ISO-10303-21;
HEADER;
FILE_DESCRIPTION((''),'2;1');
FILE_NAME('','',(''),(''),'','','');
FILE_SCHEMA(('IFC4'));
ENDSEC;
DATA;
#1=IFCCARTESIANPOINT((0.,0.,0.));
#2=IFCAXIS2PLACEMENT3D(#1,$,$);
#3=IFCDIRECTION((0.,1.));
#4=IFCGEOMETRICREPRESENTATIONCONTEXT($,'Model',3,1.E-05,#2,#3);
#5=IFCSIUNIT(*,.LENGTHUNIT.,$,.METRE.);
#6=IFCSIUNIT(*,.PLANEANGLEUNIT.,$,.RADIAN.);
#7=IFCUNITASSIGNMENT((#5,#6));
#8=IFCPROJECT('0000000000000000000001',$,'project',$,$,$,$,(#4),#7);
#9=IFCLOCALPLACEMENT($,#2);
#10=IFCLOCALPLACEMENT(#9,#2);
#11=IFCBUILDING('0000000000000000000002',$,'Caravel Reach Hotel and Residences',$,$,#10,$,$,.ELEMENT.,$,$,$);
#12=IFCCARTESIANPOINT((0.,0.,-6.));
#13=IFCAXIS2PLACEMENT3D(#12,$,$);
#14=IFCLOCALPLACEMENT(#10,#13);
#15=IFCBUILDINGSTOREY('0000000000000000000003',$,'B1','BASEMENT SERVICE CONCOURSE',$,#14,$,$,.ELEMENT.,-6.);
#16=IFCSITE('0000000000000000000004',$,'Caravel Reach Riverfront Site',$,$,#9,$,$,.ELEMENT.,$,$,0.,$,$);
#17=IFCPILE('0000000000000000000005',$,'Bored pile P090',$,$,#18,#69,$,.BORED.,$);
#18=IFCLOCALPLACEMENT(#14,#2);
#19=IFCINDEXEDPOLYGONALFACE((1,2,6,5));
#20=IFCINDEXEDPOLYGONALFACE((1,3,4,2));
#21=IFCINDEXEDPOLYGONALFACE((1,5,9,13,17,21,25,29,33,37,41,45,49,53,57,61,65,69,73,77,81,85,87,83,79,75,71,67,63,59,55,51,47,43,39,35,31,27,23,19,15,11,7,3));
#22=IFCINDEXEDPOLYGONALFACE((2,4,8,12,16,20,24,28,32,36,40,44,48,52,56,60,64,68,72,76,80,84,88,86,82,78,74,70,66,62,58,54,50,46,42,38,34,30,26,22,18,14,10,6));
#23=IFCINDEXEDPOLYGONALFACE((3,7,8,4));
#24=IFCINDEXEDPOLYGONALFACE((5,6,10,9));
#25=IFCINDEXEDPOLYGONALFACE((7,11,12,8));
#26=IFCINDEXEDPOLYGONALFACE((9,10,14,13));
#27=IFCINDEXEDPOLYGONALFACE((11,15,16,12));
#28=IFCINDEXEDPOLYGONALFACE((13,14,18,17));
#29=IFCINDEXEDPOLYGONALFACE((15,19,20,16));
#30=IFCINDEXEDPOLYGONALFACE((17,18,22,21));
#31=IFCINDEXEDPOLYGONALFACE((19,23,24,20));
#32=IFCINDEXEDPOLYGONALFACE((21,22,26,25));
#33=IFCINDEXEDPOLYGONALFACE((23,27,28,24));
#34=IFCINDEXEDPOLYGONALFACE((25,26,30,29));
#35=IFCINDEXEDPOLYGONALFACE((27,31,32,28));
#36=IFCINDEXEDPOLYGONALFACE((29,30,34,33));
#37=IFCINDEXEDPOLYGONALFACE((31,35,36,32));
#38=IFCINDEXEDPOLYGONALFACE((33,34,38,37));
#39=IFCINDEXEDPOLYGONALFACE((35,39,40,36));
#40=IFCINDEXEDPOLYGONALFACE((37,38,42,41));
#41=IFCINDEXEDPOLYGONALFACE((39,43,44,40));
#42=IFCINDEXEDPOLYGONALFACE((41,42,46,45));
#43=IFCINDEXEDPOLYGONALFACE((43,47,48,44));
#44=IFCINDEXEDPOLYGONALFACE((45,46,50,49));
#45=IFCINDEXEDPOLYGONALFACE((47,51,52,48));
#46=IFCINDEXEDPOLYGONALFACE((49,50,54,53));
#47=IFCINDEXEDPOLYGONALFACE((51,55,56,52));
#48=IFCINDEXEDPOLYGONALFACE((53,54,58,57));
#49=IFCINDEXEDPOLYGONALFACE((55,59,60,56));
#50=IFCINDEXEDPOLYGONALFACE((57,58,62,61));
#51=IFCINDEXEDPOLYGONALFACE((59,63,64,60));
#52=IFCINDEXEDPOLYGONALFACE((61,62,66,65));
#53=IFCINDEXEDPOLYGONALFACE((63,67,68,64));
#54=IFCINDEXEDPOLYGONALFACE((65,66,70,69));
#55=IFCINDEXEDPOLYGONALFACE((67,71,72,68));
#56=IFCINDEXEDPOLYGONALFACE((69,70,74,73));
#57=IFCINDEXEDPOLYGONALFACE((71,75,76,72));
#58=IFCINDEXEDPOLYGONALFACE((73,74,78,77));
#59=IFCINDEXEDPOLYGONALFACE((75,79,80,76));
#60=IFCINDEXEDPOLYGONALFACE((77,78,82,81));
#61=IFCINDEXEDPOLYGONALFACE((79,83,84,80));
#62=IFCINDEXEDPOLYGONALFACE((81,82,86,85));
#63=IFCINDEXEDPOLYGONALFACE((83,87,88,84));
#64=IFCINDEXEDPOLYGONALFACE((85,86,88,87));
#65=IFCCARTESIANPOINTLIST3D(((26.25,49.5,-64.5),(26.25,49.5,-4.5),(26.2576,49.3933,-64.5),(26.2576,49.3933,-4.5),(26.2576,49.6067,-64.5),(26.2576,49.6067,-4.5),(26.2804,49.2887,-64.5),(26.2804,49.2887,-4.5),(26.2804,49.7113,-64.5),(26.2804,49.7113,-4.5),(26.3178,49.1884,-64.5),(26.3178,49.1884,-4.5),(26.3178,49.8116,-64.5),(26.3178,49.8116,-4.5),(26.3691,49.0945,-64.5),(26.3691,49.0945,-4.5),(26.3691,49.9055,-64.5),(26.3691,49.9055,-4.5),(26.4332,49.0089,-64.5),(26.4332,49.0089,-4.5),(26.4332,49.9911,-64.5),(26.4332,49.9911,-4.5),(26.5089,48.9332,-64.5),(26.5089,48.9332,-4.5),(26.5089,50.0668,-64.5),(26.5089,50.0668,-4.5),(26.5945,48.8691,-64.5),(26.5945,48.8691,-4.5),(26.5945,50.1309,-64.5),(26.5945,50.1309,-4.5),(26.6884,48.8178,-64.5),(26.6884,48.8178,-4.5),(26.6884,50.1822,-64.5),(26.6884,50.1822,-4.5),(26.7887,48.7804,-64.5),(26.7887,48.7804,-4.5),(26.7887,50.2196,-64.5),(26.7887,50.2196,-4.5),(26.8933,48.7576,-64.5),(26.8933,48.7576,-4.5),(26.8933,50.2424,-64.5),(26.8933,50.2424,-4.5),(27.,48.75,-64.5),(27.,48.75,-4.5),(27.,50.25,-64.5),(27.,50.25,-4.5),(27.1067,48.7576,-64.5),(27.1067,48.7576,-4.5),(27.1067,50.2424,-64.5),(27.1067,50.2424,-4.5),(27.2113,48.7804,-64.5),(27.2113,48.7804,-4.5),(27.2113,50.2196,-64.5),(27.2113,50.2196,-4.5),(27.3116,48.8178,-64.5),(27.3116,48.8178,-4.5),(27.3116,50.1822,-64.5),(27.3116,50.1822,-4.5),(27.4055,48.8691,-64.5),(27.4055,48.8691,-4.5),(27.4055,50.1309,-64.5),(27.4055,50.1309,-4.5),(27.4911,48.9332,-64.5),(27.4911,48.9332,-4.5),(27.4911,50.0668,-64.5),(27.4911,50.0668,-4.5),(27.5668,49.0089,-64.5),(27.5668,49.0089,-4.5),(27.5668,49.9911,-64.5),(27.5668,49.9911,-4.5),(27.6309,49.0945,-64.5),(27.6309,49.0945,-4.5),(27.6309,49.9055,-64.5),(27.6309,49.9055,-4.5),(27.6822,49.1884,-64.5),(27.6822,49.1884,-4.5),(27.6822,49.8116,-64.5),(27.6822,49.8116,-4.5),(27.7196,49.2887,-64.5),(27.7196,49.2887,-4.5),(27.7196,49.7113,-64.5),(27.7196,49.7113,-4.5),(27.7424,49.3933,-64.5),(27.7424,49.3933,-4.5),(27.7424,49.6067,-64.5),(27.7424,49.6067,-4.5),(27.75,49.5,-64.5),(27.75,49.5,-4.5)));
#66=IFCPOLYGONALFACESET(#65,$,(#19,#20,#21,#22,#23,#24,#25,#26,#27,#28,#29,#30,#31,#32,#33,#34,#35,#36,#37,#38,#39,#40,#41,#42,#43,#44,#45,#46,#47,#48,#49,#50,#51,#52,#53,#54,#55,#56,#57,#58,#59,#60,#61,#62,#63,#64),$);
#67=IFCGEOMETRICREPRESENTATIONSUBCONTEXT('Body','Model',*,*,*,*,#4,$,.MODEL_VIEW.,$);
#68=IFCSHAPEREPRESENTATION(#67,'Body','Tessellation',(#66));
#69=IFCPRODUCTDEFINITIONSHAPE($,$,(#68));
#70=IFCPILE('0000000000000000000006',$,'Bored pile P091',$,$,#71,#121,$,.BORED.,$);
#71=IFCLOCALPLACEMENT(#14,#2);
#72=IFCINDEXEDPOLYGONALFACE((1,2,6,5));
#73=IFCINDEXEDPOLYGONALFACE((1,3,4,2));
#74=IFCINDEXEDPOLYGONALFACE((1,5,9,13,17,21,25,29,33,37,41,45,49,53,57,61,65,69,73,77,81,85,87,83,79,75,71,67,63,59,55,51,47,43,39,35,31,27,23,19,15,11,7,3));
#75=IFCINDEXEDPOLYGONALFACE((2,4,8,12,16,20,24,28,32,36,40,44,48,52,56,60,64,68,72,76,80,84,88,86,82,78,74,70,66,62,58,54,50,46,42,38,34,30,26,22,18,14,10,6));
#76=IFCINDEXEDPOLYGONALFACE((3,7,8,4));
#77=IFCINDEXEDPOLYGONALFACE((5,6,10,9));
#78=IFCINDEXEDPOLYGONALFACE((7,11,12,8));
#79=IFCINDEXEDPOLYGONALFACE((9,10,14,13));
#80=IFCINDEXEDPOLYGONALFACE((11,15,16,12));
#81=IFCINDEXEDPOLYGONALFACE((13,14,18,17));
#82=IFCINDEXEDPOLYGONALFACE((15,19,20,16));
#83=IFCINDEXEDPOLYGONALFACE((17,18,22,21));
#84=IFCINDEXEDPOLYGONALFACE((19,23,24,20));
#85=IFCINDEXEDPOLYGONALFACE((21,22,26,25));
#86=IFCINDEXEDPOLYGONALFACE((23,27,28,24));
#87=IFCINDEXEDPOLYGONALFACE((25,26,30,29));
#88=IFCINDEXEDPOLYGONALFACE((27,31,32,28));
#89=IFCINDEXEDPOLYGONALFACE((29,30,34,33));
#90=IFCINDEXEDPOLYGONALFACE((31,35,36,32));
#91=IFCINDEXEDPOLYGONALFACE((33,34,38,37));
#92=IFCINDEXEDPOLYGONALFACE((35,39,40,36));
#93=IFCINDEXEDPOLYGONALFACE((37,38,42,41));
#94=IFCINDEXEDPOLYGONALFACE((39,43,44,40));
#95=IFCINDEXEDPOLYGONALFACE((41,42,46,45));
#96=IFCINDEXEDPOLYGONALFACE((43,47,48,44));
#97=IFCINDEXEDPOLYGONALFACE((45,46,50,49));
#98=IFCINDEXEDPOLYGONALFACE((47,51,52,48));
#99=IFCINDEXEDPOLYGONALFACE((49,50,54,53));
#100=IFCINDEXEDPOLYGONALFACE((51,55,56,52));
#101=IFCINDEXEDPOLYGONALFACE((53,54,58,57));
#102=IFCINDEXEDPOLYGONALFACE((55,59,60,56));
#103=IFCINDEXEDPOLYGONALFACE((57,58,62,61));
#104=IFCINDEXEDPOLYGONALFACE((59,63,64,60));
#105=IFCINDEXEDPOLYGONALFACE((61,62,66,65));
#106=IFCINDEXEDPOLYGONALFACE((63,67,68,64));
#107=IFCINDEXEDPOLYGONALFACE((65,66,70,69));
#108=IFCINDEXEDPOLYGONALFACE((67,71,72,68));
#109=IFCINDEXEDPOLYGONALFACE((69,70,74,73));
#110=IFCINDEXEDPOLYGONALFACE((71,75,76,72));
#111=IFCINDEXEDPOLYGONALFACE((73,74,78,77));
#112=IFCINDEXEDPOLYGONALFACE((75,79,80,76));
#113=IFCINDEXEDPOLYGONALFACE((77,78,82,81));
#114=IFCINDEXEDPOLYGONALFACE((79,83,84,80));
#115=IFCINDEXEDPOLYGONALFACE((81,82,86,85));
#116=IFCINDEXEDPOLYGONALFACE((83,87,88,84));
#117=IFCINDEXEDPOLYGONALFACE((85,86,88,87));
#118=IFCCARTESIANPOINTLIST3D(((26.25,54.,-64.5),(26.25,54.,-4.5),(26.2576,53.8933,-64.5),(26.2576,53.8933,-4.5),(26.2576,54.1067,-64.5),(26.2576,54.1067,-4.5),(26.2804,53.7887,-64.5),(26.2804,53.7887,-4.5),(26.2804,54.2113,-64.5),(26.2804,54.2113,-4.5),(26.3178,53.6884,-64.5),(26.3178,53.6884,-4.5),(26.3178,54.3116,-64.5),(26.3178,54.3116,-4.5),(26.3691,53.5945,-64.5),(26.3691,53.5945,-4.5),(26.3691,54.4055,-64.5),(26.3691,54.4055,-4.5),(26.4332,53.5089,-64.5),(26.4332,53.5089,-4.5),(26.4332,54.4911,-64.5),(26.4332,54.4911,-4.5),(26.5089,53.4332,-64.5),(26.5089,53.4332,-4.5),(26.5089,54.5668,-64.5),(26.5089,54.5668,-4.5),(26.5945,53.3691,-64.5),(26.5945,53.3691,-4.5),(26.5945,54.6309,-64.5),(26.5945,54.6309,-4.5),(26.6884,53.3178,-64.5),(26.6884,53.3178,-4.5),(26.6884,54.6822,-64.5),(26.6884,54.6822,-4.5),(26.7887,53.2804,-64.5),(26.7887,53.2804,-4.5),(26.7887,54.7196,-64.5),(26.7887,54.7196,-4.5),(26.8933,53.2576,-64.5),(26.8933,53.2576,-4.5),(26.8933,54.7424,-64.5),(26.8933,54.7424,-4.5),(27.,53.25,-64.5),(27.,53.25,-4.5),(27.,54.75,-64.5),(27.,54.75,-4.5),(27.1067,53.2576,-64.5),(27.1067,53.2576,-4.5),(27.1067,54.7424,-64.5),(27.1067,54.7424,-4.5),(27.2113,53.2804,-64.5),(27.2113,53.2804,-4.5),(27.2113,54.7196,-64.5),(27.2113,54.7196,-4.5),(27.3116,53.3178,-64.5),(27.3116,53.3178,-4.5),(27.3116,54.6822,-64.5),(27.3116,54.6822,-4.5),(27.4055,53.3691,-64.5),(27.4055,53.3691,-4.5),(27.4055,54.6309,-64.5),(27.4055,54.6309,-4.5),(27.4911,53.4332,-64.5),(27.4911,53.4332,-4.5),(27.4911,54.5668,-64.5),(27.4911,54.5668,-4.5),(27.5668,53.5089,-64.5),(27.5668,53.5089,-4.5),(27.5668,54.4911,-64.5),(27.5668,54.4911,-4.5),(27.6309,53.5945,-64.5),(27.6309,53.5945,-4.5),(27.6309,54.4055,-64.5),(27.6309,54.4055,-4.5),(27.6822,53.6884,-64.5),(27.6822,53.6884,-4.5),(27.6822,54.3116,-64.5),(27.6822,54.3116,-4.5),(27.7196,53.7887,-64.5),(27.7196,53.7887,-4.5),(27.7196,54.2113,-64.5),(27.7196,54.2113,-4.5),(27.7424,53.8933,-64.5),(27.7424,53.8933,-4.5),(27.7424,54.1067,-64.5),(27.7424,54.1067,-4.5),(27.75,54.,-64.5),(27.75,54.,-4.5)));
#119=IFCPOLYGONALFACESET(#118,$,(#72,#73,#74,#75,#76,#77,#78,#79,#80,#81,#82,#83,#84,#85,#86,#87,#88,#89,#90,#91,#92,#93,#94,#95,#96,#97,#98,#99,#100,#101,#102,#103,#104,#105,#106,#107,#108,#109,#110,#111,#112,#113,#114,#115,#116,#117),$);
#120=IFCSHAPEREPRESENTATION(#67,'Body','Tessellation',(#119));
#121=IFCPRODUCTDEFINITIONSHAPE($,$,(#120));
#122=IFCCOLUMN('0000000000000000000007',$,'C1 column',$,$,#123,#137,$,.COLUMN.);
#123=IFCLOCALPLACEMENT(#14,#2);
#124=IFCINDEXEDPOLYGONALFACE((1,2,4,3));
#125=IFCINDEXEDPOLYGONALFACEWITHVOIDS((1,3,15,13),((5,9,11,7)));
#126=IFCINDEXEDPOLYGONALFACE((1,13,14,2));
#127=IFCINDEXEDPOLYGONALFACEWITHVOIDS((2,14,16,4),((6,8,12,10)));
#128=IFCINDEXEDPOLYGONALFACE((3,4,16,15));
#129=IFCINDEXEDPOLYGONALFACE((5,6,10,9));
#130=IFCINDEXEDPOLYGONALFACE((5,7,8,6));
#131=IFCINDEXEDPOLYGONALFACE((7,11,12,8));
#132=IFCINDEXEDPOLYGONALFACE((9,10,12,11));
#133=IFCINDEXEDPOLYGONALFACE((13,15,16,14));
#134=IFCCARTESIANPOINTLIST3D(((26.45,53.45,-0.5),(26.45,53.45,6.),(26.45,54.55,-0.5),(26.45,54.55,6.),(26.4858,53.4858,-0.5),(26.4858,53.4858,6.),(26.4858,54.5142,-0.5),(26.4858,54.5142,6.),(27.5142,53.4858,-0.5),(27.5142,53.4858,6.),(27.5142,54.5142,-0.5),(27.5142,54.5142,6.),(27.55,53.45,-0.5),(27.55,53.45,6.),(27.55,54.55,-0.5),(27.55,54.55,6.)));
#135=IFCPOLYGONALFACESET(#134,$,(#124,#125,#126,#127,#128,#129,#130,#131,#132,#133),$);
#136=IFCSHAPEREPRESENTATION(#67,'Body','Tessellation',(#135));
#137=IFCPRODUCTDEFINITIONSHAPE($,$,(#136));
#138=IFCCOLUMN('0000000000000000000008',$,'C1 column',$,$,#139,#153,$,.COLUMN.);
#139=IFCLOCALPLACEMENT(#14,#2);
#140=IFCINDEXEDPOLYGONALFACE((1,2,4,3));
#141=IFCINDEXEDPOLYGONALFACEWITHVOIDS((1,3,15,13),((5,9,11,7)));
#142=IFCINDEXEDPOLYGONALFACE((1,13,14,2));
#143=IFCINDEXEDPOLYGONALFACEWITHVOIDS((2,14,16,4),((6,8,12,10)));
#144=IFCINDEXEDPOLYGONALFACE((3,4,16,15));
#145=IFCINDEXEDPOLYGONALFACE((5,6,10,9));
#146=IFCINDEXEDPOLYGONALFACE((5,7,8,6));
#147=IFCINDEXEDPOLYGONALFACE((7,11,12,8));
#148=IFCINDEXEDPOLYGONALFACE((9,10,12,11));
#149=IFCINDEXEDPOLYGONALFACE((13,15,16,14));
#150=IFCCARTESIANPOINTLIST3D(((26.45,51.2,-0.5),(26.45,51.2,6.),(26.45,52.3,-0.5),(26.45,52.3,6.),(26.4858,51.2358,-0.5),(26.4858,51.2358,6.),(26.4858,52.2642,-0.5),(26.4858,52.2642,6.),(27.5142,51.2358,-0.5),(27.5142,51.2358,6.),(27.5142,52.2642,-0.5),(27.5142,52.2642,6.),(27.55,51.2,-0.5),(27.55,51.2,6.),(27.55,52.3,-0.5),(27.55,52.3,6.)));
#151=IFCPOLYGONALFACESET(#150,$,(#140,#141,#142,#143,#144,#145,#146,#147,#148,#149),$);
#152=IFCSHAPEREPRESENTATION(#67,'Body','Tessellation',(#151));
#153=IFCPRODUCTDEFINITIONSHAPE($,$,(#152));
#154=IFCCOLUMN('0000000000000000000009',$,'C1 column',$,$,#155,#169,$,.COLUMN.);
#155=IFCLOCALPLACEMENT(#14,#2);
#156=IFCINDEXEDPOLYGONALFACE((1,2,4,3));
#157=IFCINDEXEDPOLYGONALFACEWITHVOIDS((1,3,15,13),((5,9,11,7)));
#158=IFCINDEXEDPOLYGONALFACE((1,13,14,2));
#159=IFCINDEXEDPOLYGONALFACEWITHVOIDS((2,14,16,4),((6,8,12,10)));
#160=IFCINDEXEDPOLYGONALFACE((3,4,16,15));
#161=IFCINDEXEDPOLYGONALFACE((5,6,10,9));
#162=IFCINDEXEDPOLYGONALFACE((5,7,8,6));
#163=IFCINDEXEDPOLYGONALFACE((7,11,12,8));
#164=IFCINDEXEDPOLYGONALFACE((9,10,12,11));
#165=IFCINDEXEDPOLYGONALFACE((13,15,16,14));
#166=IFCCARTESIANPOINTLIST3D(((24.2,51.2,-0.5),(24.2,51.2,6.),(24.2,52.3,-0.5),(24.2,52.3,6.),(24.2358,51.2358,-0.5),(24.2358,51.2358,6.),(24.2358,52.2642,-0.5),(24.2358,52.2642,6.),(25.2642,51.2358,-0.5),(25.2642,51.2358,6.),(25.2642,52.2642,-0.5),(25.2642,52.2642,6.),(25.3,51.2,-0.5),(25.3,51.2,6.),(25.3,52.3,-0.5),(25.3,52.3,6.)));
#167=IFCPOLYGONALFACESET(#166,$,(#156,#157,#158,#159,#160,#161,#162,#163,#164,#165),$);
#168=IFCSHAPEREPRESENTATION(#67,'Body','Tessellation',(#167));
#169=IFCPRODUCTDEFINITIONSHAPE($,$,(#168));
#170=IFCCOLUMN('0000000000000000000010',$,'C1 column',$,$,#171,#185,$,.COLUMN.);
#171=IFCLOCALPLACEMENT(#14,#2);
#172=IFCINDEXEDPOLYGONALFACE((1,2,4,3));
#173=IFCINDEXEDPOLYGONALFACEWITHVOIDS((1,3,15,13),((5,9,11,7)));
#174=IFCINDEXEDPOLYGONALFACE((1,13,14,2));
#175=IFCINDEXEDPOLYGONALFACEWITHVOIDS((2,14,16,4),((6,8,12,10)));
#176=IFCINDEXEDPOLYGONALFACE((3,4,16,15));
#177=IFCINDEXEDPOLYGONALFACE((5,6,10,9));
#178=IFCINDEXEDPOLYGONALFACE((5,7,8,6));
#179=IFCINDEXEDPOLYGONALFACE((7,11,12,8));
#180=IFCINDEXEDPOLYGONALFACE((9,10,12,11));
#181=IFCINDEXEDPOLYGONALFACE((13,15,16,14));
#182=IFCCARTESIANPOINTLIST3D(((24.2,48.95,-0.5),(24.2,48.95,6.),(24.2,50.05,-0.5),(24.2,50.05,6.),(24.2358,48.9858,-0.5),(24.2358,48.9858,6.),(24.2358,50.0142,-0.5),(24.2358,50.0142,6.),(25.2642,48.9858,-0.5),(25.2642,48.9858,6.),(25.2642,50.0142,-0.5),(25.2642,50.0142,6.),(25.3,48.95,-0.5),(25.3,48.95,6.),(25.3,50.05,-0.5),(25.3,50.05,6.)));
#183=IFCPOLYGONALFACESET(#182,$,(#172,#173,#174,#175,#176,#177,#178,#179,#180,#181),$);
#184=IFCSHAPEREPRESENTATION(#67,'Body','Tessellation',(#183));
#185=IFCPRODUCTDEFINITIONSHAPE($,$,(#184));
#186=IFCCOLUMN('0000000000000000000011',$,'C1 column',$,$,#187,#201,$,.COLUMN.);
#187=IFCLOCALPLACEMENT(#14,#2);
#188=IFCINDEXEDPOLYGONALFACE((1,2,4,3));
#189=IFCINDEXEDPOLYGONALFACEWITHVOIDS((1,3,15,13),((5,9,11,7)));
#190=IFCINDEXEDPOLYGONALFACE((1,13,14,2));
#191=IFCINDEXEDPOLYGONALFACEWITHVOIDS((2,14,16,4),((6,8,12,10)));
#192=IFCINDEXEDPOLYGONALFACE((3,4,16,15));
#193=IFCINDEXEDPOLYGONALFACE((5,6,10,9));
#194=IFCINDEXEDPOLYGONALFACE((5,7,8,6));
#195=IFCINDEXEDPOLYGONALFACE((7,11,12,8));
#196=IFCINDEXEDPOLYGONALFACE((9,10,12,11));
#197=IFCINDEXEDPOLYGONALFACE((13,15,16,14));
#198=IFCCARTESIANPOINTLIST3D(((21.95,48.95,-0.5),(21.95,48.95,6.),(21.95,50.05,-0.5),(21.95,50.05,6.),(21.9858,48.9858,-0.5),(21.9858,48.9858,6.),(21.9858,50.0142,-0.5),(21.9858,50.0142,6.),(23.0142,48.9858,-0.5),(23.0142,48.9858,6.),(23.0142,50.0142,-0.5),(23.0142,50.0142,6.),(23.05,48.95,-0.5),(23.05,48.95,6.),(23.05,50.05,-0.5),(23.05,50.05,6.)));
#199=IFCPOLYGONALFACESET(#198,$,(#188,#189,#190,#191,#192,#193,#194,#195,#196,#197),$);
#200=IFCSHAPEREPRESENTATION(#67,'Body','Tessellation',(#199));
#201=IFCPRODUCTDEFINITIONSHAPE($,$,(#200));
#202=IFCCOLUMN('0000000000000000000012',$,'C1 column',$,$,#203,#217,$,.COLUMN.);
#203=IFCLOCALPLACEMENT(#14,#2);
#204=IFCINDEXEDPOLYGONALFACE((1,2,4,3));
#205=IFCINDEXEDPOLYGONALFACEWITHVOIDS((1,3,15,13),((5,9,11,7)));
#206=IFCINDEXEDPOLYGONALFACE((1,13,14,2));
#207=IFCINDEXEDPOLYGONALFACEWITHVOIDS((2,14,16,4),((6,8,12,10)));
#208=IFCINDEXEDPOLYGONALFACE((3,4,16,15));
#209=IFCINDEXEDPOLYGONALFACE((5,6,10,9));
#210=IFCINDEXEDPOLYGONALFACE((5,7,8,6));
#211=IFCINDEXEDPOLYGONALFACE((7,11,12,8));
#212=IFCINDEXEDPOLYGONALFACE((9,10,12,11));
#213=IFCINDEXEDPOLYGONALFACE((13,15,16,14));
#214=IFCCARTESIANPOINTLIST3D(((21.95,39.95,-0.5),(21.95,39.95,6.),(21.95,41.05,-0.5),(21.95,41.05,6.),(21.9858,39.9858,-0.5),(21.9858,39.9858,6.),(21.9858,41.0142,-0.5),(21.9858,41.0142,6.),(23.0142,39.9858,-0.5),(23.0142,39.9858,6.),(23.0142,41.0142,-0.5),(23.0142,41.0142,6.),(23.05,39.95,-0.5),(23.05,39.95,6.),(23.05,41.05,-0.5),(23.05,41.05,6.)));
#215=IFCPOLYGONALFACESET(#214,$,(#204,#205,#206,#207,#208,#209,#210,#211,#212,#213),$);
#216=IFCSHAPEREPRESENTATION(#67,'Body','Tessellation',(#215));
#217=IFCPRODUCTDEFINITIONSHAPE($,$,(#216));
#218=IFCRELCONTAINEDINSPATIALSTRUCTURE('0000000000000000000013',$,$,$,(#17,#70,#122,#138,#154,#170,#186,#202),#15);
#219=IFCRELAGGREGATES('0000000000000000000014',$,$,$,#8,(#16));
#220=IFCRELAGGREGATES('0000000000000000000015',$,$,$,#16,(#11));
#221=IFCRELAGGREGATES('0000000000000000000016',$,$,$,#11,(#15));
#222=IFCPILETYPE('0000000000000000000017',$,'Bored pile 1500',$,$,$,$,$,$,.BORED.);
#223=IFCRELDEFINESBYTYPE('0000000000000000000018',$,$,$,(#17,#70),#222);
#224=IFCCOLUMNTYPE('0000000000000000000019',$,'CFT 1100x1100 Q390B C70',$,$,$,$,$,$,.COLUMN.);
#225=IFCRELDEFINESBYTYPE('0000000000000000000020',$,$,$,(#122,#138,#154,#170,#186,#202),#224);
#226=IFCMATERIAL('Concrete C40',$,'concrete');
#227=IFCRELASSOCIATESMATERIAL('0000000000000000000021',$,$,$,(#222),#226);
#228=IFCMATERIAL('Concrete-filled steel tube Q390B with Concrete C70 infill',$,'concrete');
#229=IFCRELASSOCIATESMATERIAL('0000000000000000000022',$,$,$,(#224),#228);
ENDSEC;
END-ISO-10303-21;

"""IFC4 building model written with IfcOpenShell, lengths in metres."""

from ifc_helpers import new_model, si_unit, direction, frame, origin, origin_2d, place, context, subcontext, project, spatial, hollow_rectangle, circle, extrude, material, material_profile, profile_set, type_object, element, save


model = new_model("IFC4")

# Units and contexts
model_context = context("Model", 3, precision=1e-05, world=origin(), true_north=direction((0.0, 1.0)))
body_context = subcontext(model_context, "Body", "Model", "MODEL_VIEW")
ifc_project = project(units=[si_unit("LENGTHUNIT", "METRE"), si_unit("PLANEANGLEUNIT", "RADIAN")], contexts=[model_context])

# Site, building, storey
site_placement = place(None, origin())
site = spatial("IfcSite", under=ifc_project, at=site_placement, Name="Caravel Reach Riverfront Site", CompositionType="ELEMENT", RefElevation=0.0)
building_placement = place(site_placement, origin())
building = spatial("IfcBuilding", under=site, at=building_placement, Name="Caravel Reach Hotel and Residences", CompositionType="ELEMENT")
storey_placement = place(building_placement, frame((0.0, 0.0, -6.0)))
storey = spatial("IfcBuildingStorey", under=building, at=storey_placement, Name="B1", Description="BASEMENT SERVICE CONCOURSE", CompositionType="ELEMENT", Elevation=-6.0)

# Piles
ifc_material_1 = material(Name="Concrete C40", Category="concrete")
ifc_material_profile_1 = material_profile(ifc_material_1, circle(Radius=0.75, at=origin_2d()), Name="PILE 1500")
ifc_profile_set_1 = profile_set([ifc_material_profile_1], Name="Concrete C40")
pile_type = type_object("IfcPileType", Name="Bored pile 1500", PredefinedType="BORED", material=ifc_profile_set_1)
for number, where, z_axis, x_axis, name in (
    (1, (27.0, 49.5, -4.5), (0.0, 0.0, -1.0), (1.0, 0.0, 0.0), "Bored pile P090"),
    (2, (27.0, 54.0, -4.5), (0.0, 0.0, -1.0), (1.0, 0.0, 0.0), "Bored pile P091"),
):
    element("IfcPile", number, at=place(storey_placement, frame(where, z_axis=z_axis, x_axis=x_axis)), inside=storey, type_object=pile_type, Name=name, PredefinedType="BORED", context=body_context, shape_type="SweptSolid", body=[
        extrude(circle(Radius=0.75, at=origin_2d()), origin(), (0.0, 0.0, 1.0), 60.0),
    ])

# Columns
ifc_material_2 = material(Name="Concrete-filled steel tube Q390B with Concrete C70 infill", Category="concrete")
ifc_material_profile_2 = material_profile(ifc_material_2, hollow_rectangle(XDim=1.1001, YDim=1.1001, WallThickness=0.0359, at=origin_2d()), Name="RHS 1100x1100x36")
ifc_profile_set_2 = profile_set([ifc_material_profile_2], Name="Concrete-filled steel tube Q390B with Concrete C70 infill")
column_type_1 = type_object("IfcColumnType", Name="CFT 1100x1100 Q390B C70", PredefinedType="COLUMN", material=ifc_profile_set_2)
for number, where, z_axis, x_axis, name in (
    (3, (27.0, 54.0, -0.5), (0.0, 0.0, 1.0), (1.0, 0.0, 0.0), "C1 column"),
    (4, (27.0, 51.75, -0.5), (0.0, 0.0, 1.0), (1.0, 0.0, 0.0), "C1 column"),
    (5, (24.75, 51.75, -0.5), (0.0, 0.0, 1.0), (1.0, 0.0, 0.0), "C1 column"),
    (6, (24.75, 49.5, -0.5), (0.0, 0.0, 1.0), (1.0, 0.0, 0.0), "C1 column"),
    (7, (22.5, 49.5, -0.5), (0.0, 0.0, 1.0), (1.0, 0.0, 0.0), "C1 column"),
    (8, (22.5, 40.5, -0.5), (0.0, 0.0, 1.0), (1.0, 0.0, 0.0), "C1 column"),
):
    element("IfcColumn", number, at=place(storey_placement, frame(where, z_axis=z_axis, x_axis=x_axis)), inside=storey, type_object=column_type_1, Name=name, PredefinedType="COLUMN", context=body_context, shape_type="SweptSolid", body=[
        extrude(hollow_rectangle(XDim=1.1001, YDim=1.1001, WallThickness=0.0359, at=origin_2d()), origin(), (0.0, 0.0, 1.0), 6.5),
    ])

save(model, "model.ifc")
